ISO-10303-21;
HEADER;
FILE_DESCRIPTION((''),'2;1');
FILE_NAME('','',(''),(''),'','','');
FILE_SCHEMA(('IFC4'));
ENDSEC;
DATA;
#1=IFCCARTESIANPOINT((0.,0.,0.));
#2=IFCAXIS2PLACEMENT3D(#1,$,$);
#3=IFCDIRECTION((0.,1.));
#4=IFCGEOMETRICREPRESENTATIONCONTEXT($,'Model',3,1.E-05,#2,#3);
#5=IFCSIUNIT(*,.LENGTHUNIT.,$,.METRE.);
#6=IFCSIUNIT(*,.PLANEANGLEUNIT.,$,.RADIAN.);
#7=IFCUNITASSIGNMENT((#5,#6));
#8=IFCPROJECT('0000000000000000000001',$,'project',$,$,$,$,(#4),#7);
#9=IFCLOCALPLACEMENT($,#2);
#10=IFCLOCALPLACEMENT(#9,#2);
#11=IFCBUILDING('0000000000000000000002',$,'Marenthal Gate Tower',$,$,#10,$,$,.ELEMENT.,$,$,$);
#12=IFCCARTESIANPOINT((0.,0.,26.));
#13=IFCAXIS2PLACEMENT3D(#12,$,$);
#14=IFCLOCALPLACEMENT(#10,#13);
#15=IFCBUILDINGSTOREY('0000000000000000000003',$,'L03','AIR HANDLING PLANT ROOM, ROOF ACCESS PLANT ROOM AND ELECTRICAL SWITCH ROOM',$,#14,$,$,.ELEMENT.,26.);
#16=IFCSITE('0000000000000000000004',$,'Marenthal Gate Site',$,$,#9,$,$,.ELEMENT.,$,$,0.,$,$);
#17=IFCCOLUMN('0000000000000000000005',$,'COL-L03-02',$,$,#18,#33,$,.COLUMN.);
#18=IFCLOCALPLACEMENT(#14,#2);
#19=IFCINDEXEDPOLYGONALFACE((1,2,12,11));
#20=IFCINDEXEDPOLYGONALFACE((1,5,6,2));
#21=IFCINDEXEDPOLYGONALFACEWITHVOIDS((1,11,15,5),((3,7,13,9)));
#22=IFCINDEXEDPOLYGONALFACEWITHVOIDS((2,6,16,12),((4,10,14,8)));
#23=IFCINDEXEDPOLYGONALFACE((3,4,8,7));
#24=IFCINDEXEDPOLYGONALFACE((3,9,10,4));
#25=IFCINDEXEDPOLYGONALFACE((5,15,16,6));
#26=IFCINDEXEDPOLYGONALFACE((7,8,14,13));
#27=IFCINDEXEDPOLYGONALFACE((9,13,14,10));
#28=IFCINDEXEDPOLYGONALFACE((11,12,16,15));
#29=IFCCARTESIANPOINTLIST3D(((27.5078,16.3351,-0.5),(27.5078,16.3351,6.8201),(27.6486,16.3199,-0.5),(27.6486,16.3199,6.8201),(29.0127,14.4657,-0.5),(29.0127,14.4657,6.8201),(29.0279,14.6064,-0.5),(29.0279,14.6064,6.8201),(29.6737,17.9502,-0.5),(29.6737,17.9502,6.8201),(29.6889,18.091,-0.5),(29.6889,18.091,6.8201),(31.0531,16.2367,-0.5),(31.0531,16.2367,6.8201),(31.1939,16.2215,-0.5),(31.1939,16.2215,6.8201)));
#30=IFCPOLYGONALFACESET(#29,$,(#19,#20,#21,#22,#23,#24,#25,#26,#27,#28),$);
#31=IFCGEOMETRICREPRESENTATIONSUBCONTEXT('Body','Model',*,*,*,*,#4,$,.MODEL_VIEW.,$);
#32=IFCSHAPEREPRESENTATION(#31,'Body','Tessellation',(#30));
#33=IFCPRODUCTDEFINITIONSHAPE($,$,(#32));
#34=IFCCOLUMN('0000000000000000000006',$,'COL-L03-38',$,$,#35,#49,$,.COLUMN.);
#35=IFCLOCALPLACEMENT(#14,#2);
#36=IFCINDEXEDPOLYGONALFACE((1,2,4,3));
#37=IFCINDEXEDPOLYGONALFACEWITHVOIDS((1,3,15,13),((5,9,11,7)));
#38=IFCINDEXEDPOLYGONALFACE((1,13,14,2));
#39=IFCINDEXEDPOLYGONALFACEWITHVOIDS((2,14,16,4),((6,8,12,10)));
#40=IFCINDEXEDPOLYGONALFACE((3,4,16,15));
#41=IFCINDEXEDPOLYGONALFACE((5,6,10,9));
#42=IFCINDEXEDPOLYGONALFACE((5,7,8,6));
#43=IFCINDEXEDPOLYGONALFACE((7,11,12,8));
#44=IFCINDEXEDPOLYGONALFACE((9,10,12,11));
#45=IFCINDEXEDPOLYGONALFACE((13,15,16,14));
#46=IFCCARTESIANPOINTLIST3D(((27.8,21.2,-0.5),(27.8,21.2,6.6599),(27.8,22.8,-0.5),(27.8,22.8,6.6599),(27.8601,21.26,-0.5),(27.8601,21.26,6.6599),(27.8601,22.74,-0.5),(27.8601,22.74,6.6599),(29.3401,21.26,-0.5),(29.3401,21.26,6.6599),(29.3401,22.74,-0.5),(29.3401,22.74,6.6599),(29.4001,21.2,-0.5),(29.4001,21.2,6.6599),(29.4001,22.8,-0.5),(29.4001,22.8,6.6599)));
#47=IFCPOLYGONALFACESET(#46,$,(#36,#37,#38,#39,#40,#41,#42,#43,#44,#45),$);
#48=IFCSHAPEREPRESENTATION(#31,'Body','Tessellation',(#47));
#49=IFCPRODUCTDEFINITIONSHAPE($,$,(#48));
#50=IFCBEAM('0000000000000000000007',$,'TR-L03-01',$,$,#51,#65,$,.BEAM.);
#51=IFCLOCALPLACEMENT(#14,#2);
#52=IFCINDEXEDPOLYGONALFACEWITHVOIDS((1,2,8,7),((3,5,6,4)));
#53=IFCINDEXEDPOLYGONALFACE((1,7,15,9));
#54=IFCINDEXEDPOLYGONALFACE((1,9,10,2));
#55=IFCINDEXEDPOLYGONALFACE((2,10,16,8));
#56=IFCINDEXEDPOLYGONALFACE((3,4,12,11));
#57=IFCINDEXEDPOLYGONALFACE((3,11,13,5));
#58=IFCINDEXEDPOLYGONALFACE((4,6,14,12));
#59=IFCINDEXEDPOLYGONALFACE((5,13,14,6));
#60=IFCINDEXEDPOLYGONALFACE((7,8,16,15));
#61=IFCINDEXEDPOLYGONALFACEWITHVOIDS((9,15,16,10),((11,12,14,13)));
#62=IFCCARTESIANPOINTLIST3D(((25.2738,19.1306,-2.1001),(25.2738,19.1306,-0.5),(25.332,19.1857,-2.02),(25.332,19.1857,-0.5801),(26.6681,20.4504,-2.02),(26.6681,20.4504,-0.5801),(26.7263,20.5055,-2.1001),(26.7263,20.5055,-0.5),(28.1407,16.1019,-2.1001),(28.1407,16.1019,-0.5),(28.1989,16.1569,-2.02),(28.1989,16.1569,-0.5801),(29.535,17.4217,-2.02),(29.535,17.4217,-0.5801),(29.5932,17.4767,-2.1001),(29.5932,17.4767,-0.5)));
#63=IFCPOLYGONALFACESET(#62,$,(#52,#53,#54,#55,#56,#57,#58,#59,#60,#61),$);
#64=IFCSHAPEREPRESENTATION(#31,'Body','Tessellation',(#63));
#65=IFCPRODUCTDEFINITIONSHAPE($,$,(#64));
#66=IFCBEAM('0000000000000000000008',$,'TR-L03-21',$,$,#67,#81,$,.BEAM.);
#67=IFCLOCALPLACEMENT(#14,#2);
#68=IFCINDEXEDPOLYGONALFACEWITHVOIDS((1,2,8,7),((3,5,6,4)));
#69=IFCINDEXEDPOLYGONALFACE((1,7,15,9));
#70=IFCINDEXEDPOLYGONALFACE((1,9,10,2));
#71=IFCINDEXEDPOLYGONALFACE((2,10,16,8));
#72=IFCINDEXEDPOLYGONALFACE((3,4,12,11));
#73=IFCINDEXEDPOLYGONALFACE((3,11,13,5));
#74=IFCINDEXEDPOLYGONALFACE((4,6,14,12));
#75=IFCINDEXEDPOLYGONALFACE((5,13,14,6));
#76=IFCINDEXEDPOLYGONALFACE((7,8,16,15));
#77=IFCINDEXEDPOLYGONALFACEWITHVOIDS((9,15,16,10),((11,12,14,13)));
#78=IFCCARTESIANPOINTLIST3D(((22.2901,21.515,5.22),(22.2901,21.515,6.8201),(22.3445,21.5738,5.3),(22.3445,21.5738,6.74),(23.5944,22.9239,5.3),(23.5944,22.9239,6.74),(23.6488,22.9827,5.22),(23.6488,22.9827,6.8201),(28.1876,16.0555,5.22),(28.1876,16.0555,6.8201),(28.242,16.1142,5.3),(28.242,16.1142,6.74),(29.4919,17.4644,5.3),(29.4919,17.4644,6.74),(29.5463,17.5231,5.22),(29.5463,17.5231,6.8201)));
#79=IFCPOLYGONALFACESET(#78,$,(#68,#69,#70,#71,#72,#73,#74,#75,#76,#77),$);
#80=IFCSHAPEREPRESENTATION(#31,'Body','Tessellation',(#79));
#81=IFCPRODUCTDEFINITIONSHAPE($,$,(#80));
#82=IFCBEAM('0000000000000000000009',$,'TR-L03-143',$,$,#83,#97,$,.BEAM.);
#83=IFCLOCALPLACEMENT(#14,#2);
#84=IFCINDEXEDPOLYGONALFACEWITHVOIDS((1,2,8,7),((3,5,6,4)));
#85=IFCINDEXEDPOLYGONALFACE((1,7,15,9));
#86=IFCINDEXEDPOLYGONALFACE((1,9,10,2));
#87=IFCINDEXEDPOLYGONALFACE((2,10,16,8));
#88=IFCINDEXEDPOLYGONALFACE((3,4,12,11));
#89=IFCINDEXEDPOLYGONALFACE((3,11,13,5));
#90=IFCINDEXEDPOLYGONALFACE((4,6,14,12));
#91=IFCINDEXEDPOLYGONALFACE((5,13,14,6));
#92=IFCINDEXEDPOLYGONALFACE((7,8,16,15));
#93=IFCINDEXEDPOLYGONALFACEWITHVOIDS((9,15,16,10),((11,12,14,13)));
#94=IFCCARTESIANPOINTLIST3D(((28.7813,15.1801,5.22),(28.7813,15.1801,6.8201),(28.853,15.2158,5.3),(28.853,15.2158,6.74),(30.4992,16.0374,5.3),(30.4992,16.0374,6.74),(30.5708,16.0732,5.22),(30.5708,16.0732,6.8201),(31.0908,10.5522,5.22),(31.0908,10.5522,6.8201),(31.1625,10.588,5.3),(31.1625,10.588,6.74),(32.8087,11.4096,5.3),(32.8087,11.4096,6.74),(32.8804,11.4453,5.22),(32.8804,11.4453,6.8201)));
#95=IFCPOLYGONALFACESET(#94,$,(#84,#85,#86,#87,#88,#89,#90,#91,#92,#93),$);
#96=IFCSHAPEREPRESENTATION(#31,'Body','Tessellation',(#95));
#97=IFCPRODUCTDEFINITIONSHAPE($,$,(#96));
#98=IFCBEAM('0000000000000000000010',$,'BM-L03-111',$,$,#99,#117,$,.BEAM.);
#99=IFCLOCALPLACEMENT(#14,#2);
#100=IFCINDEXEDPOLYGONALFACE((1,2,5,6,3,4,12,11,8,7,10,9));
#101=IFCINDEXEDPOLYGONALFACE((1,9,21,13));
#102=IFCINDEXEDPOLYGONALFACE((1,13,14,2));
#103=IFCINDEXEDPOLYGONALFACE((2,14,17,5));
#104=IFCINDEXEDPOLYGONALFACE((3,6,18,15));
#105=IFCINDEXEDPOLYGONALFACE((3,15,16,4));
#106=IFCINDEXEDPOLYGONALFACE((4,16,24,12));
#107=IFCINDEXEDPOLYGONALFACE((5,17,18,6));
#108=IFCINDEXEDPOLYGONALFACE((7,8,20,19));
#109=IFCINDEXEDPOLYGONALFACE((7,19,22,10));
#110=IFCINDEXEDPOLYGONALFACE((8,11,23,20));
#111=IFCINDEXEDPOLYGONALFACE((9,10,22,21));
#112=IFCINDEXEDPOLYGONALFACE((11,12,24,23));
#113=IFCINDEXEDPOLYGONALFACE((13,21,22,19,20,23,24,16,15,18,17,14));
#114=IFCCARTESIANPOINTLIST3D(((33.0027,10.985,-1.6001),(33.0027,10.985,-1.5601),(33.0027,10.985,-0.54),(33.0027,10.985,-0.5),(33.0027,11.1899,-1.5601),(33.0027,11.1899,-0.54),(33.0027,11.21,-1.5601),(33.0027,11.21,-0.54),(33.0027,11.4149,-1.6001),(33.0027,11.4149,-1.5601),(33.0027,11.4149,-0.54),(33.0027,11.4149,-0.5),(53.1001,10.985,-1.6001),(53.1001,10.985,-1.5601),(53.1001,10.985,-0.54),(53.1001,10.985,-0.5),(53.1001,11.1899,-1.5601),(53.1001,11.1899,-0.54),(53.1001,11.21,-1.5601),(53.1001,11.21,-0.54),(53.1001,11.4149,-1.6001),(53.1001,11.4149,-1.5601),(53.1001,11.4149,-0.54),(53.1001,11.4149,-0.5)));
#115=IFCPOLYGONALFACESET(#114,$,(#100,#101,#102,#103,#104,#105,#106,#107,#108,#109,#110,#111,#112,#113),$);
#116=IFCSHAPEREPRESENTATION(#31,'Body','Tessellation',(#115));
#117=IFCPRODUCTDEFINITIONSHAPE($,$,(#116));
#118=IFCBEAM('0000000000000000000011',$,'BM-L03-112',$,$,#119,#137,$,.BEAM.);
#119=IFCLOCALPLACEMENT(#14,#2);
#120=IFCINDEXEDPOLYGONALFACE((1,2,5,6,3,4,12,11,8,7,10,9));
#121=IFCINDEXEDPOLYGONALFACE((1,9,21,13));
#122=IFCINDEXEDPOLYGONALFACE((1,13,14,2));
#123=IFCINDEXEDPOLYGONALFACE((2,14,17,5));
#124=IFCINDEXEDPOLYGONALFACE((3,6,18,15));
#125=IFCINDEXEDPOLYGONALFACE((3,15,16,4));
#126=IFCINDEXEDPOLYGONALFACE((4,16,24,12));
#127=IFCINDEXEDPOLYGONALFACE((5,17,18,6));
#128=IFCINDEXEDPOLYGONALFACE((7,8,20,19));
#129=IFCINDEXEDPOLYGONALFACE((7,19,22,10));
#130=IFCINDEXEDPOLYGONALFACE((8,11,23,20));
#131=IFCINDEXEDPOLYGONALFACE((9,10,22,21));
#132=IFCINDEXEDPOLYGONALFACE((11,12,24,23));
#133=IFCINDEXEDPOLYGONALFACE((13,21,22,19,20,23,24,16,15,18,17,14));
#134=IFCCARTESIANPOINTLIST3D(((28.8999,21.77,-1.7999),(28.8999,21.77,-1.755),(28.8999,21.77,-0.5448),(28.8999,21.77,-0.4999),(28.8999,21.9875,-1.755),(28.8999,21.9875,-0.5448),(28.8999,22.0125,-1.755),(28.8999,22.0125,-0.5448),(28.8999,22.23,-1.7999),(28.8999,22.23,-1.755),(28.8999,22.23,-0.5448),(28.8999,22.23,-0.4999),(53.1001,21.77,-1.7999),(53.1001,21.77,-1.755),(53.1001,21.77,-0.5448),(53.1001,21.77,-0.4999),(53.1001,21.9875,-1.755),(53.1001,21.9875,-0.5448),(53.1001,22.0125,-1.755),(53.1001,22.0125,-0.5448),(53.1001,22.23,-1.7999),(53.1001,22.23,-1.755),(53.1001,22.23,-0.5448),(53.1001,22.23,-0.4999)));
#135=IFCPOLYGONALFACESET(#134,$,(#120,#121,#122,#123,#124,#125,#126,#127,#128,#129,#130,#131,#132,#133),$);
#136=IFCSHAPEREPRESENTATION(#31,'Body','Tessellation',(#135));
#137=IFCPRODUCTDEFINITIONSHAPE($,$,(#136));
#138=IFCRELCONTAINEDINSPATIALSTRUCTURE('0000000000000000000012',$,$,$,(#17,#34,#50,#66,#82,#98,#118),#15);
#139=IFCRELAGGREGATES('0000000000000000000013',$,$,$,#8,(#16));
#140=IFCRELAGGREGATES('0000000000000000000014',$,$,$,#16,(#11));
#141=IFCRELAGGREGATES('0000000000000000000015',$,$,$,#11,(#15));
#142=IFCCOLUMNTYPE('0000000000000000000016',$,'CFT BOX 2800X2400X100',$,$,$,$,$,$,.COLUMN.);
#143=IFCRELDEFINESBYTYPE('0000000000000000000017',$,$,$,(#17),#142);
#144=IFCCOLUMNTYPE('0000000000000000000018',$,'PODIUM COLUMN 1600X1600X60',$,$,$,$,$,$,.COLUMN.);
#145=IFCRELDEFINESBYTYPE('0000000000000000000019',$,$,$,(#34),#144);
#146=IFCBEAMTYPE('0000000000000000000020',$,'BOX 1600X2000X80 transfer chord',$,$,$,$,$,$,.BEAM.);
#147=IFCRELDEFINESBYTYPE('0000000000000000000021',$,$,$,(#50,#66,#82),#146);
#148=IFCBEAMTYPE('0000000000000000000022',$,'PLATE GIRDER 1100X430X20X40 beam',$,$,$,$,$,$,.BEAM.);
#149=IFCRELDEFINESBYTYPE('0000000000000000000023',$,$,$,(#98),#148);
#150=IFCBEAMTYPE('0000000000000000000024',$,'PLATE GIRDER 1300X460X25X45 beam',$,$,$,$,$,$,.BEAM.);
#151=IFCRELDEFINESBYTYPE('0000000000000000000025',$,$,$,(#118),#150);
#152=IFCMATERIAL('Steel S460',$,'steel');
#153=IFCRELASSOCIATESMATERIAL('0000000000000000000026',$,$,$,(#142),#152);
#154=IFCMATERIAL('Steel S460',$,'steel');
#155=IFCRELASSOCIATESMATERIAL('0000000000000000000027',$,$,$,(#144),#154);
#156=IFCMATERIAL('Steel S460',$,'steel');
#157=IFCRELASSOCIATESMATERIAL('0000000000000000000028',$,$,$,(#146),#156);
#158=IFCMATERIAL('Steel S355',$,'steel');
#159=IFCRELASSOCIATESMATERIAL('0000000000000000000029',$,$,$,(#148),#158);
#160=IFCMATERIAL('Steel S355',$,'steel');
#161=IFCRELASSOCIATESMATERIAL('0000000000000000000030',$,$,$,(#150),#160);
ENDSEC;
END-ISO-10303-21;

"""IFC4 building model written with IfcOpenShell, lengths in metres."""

from ifc_helpers import new_model, si_unit, direction, frame, origin, origin_2d, place, context, subcontext, project, spatial, rectangle, hollow_rectangle, i_section, extrude, material, material_profile, profile_set, type_object, element, save


model = new_model("IFC4")

# Units and contexts
model_context = context("Model", 3, precision=1e-05, world=origin(), true_north=direction((0.0, 1.0)))
body_context = subcontext(model_context, "Body", "Model", "MODEL_VIEW")
ifc_project = project(units=[si_unit("LENGTHUNIT", "METRE"), si_unit("PLANEANGLEUNIT", "RADIAN")], contexts=[model_context])

# Site, building, storey
site_placement = place(None, origin())
site = spatial("IfcSite", under=ifc_project, at=site_placement, Name="Marenthal Gate Site", CompositionType="ELEMENT", RefElevation=0.0)
building_placement = place(site_placement, origin())
building = spatial("IfcBuilding", under=site, at=building_placement, Name="Marenthal Gate Tower", CompositionType="ELEMENT")
storey_placement = place(building_placement, frame((0.0, 0.0, 26.0)))
storey = spatial("IfcBuildingStorey", under=building, at=storey_placement, Name="L03", Description="AIR HANDLING PLANT ROOM, ROOF ACCESS PLANT ROOM AND ELECTRICAL SWITCH ROOM", CompositionType="ELEMENT", Elevation=26.0)

# Columns
ifc_material_1 = material(Name="Steel S460", Category="steel")
ifc_material_profile_1 = material_profile(ifc_material_1, hollow_rectangle(XDim=2.3999, YDim=2.8, WallThickness=0.1001, at=origin_2d()), Name="CFT BOX 2800X2400X100")
ifc_material_2 = material(Name="Concrete 70 MPa", Category="concrete")
ifc_material_profile_2 = material_profile(ifc_material_2, rectangle(XDim=2.2, YDim=2.6001, at=origin_2d()), Name="CFT BOX 2800X2400X100 INFILL")
ifc_profile_set_1 = profile_set([ifc_material_profile_1, ifc_material_profile_2], Name="Steel S460 shell, Concrete 70 MPa infill")
column_type_1 = type_object("IfcColumnType", Name="CFT BOX 2800X2400X100", PredefinedType="COLUMN", material=ifc_profile_set_1)
column_1_placement = place(storey_placement, frame((29.3508, 16.2783, -0.5), z_axis=(0.0, 0.0, 1.0), x_axis=(0.62707, -0.778963, 0.0)))
element("IfcColumn", 1, at=column_1_placement, inside=storey, type_object=column_type_1, Name="COL-L03-02", PredefinedType="COLUMN", context=body_context, shape_type="SweptSolid", body=[
    extrude(hollow_rectangle(XDim=2.3999, YDim=2.8, WallThickness=0.1001, at=origin_2d()), origin(), (0.0, 0.0, 1.0), 7.3201),
])
ifc_material_3 = material(Name="Steel S460", Category="steel")
ifc_material_profile_3 = material_profile(ifc_material_3, hollow_rectangle(XDim=1.6001, YDim=1.6001, WallThickness=0.0601, at=origin_2d()), Name="CFT BOX 1600X1600X60")
ifc_material_4 = material(Name="Concrete 70 MPa", Category="concrete")
ifc_material_profile_4 = material_profile(ifc_material_4, rectangle(XDim=1.48, YDim=1.48, at=origin_2d()), Name="CFT BOX 1600X1600X60 INFILL")
ifc_profile_set_2 = profile_set([ifc_material_profile_3, ifc_material_profile_4], Name="Steel S460 shell, Concrete 70 MPa infill")
column_type_2 = type_object("IfcColumnType", Name="PODIUM COLUMN 1600X1600X60", PredefinedType="COLUMN", material=ifc_profile_set_2)
column_2_placement = place(storey_placement, frame((28.6001, 22.0, -0.5), z_axis=(0.0, 0.0, 1.0), x_axis=(1.0, 0.0, 0.0)))
element("IfcColumn", 2, at=column_2_placement, inside=storey, type_object=column_type_2, Name="COL-L03-38", PredefinedType="COLUMN", context=body_context, shape_type="SweptSolid", body=[
    extrude(hollow_rectangle(XDim=1.6001, YDim=1.6001, WallThickness=0.0601, at=origin_2d()), origin(), (0.0, 0.0, 1.0), 7.1599),
])

# Beams
ifc_material_5 = material(Name="Steel S460", Category="steel")
ifc_material_profile_5 = material_profile(ifc_material_5, hollow_rectangle(XDim=2.0, YDim=1.6001, WallThickness=0.0801, at=origin_2d()), Name="BOX 1600X2000X80")
ifc_profile_set_3 = profile_set([ifc_material_profile_5], Name="Steel S460")
beam_type_1 = type_object("IfcBeamType", Name="BOX 1600X2000X80 transfer chord", PredefinedType="BEAM", material=ifc_profile_set_3)
beam_1_placement = place(storey_placement, frame((28.8669, 16.7893, -1.3), z_axis=(-0.687434, 0.726246, 0.0), x_axis=(-0.726246, -0.687434, 0.0)))
element("IfcBeam", 3, at=beam_1_placement, inside=storey, type_object=beam_type_1, Name="TR-L03-01", PredefinedType="BEAM", context=body_context, shape_type="SweptSolid", body=[
    extrude(hollow_rectangle(XDim=2.0, YDim=1.6001, WallThickness=0.0801, at=origin_2d()), origin(), (0.0, 0.0, 1.0), 4.1704),
])
beam_2_placement = place(storey_placement, frame((28.8669, 16.7893, 6.02), z_axis=(-0.733831, 0.679332, 0.0), x_axis=(-0.679332, -0.733831, 0.0)))
element("IfcBeam", 4, at=beam_2_placement, inside=storey, type_object=beam_type_1, Name="TR-L03-21", PredefinedType="BEAM", context=body_context, shape_type="SweptSolid", body=[
    extrude(hollow_rectangle(XDim=2.0, YDim=1.6001, WallThickness=0.0801, at=origin_2d()), origin(), (0.0, 0.0, 1.0), 8.0366),
])
beam_3_placement = place(storey_placement, frame((31.9856, 10.9988, 6.02), z_axis=(-0.446534, 0.894767, 0.0), x_axis=(-0.894767, -0.446534, 0.0)))
element("IfcBeam", 5, at=beam_3_placement, inside=storey, type_object=beam_type_1, Name="TR-L03-143", PredefinedType="BEAM", context=body_context, shape_type="SweptSolid", body=[
    extrude(hollow_rectangle(XDim=2.0, YDim=1.6001, WallThickness=0.0801, at=origin_2d()), origin(), (0.0, 0.0, 1.0), 5.1721),
])
ifc_material_6 = material(Name="Steel S355", Category="steel")
ifc_material_profile_6 = material_profile(ifc_material_6, i_section(OverallWidth=0.4299, OverallDepth=1.1001, WebThickness=0.02, FlangeThickness=0.04, at=origin_2d()), Name="PLATE GIRDER 1100X430X20X40")
ifc_profile_set_4 = profile_set([ifc_material_profile_6], Name="Steel S355")
beam_type_2 = type_object("IfcBeamType", Name="PLATE GIRDER 1100X430X20X40 beam", PredefinedType="BEAM", material=ifc_profile_set_4)
beam_4_placement = place(storey_placement, frame((33.0027, 11.2, -1.05), z_axis=(1.0, 0.0, 0.0), x_axis=(0.0, 1.0, 0.0)))
element("IfcBeam", 6, at=beam_4_placement, inside=storey, type_object=beam_type_2, Name="BM-L03-111", PredefinedType="BEAM", context=body_context, shape_type="SweptSolid", body=[
    extrude(i_section(OverallWidth=0.4299, OverallDepth=1.1001, WebThickness=0.02, FlangeThickness=0.04, at=origin_2d()), origin(), (0.0, 0.0, 1.0), 20.0974),
])
ifc_material_7 = material(Name="Steel S355", Category="steel")
ifc_material_profile_7 = material_profile(ifc_material_7, i_section(OverallWidth=0.46, OverallDepth=1.3, WebThickness=0.0249, FlangeThickness=0.0449, at=origin_2d()), Name="PLATE GIRDER 1300X460X25X45")
ifc_profile_set_5 = profile_set([ifc_material_profile_7], Name="Steel S355")
beam_type_3 = type_object("IfcBeamType", Name="PLATE GIRDER 1300X460X25X45 beam", PredefinedType="BEAM", material=ifc_profile_set_5)
beam_5_placement = place(storey_placement, frame((28.8999, 22.0, -1.1499), z_axis=(1.0, 0.0, 0.0), x_axis=(0.0, 1.0, 0.0)))
element("IfcBeam", 7, at=beam_5_placement, inside=storey, type_object=beam_type_3, Name="BM-L03-112", PredefinedType="BEAM", context=body_context, shape_type="SweptSolid", body=[
    extrude(i_section(OverallWidth=0.46, OverallDepth=1.3, WebThickness=0.0249, FlangeThickness=0.0449, at=origin_2d()), origin(), (0.0, 0.0, 1.0), 24.2002),
])

save(model, "model.ifc")
